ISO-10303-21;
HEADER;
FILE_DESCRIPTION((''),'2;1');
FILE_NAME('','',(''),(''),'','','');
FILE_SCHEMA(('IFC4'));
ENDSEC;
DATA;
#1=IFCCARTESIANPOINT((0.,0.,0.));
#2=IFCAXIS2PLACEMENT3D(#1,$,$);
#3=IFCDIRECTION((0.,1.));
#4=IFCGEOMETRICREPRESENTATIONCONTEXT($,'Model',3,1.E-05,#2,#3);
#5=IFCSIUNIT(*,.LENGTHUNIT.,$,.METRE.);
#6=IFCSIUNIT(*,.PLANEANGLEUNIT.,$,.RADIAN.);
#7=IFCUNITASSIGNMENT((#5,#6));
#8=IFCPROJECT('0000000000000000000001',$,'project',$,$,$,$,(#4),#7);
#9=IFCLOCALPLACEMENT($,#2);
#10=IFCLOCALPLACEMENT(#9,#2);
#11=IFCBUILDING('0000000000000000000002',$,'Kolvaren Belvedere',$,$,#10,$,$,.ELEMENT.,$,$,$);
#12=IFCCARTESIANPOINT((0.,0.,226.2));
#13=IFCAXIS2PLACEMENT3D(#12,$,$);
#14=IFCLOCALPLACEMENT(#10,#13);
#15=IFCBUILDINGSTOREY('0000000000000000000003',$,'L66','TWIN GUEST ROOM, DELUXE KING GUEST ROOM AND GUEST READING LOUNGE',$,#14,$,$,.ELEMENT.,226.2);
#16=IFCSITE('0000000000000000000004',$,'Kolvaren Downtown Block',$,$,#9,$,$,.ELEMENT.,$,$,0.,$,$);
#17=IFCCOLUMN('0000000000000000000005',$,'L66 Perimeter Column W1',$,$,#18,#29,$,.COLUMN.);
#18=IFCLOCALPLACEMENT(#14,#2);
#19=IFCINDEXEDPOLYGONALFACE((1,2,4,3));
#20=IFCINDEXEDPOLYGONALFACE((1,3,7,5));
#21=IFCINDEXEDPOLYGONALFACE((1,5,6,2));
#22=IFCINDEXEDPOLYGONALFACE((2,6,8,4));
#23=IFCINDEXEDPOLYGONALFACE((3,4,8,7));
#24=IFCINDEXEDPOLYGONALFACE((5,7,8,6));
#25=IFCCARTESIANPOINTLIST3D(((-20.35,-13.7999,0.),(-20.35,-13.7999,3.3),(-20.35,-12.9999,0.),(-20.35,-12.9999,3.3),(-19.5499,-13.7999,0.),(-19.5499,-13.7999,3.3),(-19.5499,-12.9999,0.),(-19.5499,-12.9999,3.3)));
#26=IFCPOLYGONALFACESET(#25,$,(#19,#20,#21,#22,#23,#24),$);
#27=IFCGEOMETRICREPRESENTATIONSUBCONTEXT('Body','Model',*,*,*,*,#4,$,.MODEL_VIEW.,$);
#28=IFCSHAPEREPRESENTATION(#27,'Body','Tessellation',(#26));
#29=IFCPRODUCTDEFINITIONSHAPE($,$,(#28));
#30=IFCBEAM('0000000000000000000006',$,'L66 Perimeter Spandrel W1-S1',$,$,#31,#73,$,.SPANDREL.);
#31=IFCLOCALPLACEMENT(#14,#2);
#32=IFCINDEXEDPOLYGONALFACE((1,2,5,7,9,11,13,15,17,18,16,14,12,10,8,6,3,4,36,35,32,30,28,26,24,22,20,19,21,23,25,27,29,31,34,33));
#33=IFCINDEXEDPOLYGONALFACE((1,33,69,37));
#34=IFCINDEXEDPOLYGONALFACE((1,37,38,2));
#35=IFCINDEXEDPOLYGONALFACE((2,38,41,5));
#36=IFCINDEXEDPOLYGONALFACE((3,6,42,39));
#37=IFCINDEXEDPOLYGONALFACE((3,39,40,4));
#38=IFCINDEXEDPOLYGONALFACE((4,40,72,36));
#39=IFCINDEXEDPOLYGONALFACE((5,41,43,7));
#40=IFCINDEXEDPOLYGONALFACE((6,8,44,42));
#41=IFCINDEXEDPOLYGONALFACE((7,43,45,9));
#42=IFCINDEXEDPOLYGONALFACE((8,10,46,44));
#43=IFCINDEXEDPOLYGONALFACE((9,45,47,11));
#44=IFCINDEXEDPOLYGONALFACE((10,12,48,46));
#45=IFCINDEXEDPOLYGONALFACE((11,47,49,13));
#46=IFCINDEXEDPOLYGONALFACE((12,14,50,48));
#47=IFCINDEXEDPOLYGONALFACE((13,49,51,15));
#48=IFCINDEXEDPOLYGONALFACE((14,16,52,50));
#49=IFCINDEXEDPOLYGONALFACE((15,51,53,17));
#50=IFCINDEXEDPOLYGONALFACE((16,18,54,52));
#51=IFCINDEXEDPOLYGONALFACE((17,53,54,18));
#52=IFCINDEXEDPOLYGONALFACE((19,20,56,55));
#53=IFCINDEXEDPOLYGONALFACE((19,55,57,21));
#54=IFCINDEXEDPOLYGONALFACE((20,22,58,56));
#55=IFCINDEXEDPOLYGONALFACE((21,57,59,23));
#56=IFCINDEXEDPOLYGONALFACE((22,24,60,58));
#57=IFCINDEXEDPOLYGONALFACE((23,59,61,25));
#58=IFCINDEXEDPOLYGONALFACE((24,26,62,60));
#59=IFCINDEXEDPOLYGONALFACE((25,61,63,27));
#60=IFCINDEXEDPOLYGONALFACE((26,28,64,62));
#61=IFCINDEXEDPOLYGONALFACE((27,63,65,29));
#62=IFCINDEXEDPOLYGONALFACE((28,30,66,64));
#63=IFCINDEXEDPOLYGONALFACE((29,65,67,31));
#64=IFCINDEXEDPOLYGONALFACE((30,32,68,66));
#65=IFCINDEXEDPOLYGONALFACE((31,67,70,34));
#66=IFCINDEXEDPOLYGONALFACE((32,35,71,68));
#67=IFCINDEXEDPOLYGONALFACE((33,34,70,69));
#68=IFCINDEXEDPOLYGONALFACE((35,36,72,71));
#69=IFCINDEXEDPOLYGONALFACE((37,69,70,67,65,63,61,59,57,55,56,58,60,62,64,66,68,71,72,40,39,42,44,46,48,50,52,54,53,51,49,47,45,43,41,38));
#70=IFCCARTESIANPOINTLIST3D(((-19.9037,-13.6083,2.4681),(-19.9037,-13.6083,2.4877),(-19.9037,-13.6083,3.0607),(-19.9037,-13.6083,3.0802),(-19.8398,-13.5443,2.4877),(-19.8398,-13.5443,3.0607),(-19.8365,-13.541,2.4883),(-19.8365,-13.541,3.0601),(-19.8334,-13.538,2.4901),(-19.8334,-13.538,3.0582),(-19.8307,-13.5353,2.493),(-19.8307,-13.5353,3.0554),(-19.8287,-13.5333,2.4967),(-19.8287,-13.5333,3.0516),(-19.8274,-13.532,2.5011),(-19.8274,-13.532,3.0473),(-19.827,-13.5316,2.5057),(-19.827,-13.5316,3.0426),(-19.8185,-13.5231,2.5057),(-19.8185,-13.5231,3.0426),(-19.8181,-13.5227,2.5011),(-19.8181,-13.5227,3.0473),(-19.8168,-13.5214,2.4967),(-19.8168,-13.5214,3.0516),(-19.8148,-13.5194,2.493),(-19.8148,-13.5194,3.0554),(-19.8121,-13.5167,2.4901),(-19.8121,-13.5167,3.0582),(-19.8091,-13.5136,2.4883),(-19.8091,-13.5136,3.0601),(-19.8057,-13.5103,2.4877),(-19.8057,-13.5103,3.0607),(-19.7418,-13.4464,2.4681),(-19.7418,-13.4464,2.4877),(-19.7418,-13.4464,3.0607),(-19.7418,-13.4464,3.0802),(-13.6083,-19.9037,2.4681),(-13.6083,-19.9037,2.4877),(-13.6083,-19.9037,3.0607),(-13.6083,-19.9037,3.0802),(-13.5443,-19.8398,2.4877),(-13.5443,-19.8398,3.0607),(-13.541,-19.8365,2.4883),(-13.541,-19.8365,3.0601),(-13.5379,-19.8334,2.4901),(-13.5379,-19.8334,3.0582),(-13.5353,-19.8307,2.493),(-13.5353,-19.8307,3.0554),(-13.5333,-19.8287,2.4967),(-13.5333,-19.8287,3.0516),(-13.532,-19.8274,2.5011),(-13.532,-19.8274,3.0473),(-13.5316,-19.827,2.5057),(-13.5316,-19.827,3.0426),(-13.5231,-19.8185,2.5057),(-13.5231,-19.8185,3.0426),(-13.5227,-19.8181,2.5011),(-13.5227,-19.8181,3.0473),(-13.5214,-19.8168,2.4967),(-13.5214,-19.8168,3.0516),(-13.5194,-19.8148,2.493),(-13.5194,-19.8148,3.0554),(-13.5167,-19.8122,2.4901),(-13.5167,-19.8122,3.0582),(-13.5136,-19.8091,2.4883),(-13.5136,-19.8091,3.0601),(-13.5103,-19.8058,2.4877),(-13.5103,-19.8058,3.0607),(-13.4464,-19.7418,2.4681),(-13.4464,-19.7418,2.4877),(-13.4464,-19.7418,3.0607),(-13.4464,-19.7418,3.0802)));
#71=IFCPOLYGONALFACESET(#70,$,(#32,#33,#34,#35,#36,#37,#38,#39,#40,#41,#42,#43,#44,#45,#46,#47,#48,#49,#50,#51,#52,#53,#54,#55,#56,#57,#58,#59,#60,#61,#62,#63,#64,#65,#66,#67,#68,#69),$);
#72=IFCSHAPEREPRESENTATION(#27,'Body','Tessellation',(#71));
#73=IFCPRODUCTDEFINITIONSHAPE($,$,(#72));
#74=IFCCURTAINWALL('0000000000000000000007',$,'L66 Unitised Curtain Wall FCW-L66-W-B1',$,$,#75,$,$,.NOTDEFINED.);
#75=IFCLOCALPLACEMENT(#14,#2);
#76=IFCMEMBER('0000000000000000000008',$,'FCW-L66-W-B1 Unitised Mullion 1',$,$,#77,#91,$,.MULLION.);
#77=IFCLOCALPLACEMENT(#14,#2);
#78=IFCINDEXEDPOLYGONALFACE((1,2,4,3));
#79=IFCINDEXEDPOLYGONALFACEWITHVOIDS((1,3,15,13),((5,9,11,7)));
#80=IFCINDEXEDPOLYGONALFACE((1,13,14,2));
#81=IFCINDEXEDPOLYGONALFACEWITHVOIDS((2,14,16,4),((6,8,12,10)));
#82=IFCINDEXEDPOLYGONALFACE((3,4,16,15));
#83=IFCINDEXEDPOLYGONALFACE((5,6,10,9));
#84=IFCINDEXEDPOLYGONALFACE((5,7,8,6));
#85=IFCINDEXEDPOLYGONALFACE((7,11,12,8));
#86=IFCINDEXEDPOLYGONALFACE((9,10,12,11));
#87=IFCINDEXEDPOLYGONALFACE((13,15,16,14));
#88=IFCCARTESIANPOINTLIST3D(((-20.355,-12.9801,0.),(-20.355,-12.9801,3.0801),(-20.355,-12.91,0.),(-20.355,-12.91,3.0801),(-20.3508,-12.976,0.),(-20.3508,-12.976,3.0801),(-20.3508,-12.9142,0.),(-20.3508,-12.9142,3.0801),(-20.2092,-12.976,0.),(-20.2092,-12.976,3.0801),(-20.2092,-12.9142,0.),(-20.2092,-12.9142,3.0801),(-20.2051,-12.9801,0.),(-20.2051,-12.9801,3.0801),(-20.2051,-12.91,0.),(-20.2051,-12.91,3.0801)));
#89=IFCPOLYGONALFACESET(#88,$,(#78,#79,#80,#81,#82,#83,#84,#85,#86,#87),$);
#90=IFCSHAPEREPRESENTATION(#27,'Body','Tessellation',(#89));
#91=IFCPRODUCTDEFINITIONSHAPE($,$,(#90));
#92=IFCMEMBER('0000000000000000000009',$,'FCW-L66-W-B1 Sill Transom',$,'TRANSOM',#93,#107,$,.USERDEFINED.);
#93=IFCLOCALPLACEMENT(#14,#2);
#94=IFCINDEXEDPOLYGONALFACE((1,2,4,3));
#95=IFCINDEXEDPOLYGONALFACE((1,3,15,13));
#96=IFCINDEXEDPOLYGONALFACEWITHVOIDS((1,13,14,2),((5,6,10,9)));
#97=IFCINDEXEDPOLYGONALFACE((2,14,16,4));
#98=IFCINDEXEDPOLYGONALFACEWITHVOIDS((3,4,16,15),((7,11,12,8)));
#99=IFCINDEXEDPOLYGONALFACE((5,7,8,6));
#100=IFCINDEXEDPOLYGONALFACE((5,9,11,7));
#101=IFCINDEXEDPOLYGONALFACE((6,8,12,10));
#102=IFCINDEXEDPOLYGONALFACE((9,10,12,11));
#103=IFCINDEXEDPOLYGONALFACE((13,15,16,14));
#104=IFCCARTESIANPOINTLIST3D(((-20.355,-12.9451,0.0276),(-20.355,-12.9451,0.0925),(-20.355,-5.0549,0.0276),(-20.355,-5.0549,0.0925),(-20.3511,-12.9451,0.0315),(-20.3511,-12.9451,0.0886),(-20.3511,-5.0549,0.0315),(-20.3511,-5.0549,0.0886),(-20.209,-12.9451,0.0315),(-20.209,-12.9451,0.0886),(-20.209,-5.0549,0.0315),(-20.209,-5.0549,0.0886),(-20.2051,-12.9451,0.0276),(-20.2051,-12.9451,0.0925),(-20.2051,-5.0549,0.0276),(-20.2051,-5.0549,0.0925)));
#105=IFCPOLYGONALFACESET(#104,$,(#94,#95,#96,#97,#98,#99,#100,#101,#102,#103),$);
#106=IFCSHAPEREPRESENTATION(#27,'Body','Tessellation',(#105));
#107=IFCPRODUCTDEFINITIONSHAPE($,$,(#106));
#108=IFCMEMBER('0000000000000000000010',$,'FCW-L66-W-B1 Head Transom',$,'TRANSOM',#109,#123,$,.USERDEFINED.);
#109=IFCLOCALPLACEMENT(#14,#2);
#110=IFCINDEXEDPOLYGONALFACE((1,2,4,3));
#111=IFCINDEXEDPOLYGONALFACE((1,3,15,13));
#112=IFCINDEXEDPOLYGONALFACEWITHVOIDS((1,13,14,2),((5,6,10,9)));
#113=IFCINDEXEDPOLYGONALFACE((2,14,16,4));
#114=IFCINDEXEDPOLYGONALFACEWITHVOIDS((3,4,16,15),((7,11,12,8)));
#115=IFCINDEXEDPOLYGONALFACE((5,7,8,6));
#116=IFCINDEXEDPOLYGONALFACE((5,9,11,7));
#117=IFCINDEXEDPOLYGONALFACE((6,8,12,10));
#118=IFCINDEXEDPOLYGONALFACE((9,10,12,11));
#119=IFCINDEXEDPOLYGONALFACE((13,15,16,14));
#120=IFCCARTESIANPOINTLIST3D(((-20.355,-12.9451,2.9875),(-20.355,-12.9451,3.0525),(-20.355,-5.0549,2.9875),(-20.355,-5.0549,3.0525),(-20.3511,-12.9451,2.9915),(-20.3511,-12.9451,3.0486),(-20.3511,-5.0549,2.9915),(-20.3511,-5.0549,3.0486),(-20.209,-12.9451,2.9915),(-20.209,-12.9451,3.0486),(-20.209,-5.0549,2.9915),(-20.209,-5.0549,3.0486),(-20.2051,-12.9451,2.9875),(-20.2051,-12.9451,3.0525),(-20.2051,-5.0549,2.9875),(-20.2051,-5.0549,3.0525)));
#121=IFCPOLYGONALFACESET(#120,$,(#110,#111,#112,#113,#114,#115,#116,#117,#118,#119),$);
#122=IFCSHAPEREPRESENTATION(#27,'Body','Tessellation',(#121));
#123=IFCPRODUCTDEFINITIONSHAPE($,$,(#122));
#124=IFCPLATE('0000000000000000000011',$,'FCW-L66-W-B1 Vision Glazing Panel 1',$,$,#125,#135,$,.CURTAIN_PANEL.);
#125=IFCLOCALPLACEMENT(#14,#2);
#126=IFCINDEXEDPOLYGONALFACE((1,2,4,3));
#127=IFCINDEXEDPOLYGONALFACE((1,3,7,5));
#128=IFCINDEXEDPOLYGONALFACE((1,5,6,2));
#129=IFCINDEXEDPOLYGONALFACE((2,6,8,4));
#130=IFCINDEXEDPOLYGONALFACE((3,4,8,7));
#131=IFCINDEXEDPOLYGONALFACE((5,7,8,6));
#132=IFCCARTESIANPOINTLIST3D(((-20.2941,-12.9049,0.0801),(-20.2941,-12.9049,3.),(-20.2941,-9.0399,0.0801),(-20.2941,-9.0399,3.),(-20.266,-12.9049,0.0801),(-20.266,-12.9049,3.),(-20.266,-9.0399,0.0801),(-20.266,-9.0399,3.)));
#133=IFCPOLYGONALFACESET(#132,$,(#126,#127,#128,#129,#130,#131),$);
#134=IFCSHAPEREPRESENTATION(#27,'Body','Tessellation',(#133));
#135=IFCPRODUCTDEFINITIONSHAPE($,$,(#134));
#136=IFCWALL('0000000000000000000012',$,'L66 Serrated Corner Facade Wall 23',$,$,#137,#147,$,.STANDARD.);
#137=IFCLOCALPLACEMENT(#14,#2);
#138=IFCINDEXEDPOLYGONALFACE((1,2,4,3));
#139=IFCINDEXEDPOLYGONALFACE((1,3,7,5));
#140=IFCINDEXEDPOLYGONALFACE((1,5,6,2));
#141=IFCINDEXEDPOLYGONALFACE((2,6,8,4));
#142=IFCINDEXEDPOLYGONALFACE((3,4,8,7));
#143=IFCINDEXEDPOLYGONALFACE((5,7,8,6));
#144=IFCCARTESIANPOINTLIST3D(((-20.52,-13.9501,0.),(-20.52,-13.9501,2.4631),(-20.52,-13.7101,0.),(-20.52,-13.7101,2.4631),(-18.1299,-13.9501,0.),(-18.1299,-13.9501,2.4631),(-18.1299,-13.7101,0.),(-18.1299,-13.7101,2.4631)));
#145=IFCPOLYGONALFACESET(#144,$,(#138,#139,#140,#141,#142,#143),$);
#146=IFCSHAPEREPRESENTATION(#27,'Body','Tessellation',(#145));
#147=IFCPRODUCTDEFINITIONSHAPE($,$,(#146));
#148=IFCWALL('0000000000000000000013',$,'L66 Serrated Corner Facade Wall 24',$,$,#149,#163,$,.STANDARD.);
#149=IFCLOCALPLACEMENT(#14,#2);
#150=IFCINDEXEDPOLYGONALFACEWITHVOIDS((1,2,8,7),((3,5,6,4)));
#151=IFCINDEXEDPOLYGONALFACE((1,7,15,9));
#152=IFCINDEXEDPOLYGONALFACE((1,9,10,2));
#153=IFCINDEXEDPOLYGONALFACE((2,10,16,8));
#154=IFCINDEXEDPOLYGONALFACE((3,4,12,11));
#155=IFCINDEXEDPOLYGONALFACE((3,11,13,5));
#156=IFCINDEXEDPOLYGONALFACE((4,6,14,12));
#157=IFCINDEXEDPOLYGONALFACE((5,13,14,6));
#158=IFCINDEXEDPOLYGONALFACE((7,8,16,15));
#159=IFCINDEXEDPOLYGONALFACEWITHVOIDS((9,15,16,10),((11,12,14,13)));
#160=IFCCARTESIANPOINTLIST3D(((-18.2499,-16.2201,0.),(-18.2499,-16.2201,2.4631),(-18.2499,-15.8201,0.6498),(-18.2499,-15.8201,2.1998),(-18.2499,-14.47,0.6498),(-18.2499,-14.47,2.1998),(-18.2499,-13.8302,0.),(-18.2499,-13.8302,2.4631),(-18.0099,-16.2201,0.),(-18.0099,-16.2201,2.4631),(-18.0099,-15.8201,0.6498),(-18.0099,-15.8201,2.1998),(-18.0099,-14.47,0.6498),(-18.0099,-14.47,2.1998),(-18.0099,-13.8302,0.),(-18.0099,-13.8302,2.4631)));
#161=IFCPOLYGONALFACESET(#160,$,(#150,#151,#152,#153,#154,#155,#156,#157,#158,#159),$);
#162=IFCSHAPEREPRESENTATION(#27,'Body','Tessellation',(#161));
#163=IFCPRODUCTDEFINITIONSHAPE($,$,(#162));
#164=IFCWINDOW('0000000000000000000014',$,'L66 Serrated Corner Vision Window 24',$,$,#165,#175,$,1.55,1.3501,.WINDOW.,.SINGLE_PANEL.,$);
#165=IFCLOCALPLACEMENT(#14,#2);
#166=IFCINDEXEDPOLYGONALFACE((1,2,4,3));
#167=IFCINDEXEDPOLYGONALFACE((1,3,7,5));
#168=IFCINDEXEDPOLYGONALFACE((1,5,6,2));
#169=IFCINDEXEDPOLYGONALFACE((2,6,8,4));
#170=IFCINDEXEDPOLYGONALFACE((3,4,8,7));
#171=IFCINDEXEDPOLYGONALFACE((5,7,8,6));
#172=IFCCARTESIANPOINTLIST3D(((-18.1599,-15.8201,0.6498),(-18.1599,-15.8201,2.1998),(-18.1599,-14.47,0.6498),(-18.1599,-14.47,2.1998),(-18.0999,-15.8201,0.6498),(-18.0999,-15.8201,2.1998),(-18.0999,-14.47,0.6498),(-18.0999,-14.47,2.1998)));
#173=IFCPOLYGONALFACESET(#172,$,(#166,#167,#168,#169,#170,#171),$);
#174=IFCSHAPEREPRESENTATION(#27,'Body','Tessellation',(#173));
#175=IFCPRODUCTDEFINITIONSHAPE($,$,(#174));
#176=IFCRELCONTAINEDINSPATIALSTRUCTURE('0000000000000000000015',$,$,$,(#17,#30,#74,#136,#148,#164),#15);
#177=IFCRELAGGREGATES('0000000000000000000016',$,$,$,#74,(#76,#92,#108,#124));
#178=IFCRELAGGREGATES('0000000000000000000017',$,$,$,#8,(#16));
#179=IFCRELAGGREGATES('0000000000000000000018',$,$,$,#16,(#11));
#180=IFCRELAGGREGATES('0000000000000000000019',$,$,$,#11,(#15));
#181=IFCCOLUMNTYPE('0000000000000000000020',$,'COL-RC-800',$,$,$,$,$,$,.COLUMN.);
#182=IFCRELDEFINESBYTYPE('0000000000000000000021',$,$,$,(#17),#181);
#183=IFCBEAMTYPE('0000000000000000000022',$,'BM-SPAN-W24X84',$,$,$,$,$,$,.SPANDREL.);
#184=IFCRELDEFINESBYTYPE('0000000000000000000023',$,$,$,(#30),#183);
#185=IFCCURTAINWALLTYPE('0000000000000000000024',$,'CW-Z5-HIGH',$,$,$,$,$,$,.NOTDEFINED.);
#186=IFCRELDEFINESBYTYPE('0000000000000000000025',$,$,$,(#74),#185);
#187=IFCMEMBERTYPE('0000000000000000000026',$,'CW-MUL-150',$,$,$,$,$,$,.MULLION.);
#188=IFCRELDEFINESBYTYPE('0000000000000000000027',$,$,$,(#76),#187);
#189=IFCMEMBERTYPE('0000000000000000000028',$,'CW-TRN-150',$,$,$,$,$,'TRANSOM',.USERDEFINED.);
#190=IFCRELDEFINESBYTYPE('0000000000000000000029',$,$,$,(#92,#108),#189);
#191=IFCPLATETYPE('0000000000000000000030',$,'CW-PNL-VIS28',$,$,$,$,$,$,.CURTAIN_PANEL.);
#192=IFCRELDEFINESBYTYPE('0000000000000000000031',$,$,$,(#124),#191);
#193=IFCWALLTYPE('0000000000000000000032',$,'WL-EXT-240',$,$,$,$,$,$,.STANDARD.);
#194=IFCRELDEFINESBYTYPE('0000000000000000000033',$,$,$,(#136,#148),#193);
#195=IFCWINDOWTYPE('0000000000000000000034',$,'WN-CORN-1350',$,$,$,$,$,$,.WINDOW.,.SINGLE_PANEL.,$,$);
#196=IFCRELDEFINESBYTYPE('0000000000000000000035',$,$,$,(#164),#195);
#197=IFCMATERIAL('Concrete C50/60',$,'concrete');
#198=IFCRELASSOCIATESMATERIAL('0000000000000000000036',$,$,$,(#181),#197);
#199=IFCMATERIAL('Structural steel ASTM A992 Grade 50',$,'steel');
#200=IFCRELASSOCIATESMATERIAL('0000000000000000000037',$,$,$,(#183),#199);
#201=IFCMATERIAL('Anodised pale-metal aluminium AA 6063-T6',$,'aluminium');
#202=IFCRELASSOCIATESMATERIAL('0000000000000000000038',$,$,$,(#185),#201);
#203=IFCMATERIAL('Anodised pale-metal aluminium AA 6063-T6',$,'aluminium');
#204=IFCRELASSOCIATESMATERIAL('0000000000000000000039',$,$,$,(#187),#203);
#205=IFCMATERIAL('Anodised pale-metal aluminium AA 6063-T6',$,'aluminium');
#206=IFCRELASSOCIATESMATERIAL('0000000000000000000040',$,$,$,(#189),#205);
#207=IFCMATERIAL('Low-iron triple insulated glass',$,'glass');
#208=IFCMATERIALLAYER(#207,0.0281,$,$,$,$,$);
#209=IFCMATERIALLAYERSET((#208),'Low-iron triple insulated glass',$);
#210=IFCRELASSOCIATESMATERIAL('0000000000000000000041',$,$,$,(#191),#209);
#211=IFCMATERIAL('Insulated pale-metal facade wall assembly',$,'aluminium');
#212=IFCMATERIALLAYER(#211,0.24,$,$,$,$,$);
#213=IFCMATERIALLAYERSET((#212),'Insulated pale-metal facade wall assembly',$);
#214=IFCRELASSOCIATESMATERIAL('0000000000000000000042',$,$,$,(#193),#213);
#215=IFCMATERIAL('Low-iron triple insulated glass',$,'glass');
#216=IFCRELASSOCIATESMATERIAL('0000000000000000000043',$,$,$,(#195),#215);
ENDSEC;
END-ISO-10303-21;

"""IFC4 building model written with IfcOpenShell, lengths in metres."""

from ifc_helpers import new_model, si_unit, direction, frame, frame_2d, origin, origin_2d, place, context, subcontext, project, spatial, rectangle, hollow_rectangle, i_section, extrude, material, layer, layer_set, material_profile, profile_set, type_object, element, fill, aggregate, save


model = new_model("IFC4")

# Units and contexts
model_context = context("Model", 3, precision=1e-05, world=origin(), true_north=direction((0.0, 1.0)))
body_context = subcontext(model_context, "Body", "Model", "MODEL_VIEW")
ifc_project = project(units=[si_unit("LENGTHUNIT", "METRE"), si_unit("PLANEANGLEUNIT", "RADIAN")], contexts=[model_context])

# Site, building, storey
site_placement = place(None, origin())
site = spatial("IfcSite", under=ifc_project, at=site_placement, Name="Kolvaren Downtown Block", CompositionType="ELEMENT", RefElevation=0.0)
building_placement = place(site_placement, origin())
building = spatial("IfcBuilding", under=site, at=building_placement, Name="Kolvaren Belvedere", CompositionType="ELEMENT")
storey_placement = place(building_placement, frame((0.0, 0.0, 226.2)))
storey = spatial("IfcBuildingStorey", under=building, at=storey_placement, Name="L66", Description="TWIN GUEST ROOM, DELUXE KING GUEST ROOM AND GUEST READING LOUNGE", CompositionType="ELEMENT", Elevation=226.2)

# Column
ifc_material_1 = material(Name="Concrete C50/60", Category="concrete")
ifc_material_profile_1 = material_profile(ifc_material_1, rectangle(XDim=0.8, YDim=0.8, at=origin_2d()), Name="RC 800X800")
ifc_profile_set_1 = profile_set([ifc_material_profile_1], Name="Concrete C50/60")
column_type = type_object("IfcColumnType", Name="COL-RC-800", PredefinedType="COLUMN", material=ifc_profile_set_1)
column_placement = place(storey_placement, frame((-19.95, -13.3999, 0.0), z_axis=(0.0, 0.0, 1.0), x_axis=(1.0, 0.0, 0.0)))
element("IfcColumn", 1, at=column_placement, inside=storey, type_object=column_type, Name="L66 Perimeter Column W1", PredefinedType="COLUMN", context=body_context, shape_type="SweptSolid", body=[
    extrude(rectangle(XDim=0.8, YDim=0.8, at=origin_2d()), origin(), (0.0, 0.0, 1.0), 3.3),
])

# Beam
ifc_material_2 = material(Name="Structural steel ASTM A992 Grade 50", Category="steel")
ifc_material_profile_2 = material_profile(ifc_material_2, i_section(OverallWidth=0.229, OverallDepth=0.6121, WebThickness=0.012, FlangeThickness=0.0195, FilletRadius=0.0181, at=origin_2d()), Name="W24X84")
ifc_profile_set_2 = profile_set([ifc_material_profile_2], Name="Structural steel ASTM A992 Grade 50")
beam_type = type_object("IfcBeamType", Name="BM-SPAN-W24X84", PredefinedType="SPANDREL", material=ifc_profile_set_2)
beam_placement = place(storey_placement, frame((-19.8228, -13.5273, 2.7742), z_axis=(0.707107, -0.707107, 0.0), x_axis=(0.707107, 0.707107, 0.0)))
element("IfcBeam", 2, at=beam_placement, inside=storey, type_object=beam_type, Name="L66 Perimeter Spandrel W1-S1", PredefinedType="SPANDREL", context=body_context, shape_type="SweptSolid", body=[
    extrude(i_section(OverallWidth=0.229, OverallDepth=0.6121, WebThickness=0.012, FlangeThickness=0.0195, FilletRadius=0.0181, at=origin_2d()), origin(), (0.0, 0.0, 1.0), 8.9031),
])

# Curtain wall, members, plate
ifc_material_3 = material(Name="Anodised pale-metal aluminium AA 6063-T6", Category="aluminium")
curtain_wall_type = type_object("IfcCurtainWallType", Name="CW-Z5-HIGH", PredefinedType="NOTDEFINED", material=ifc_material_3)
curtain_wall_placement = place(storey_placement, origin())
curtain_wall = element("IfcCurtainWall", 3, at=curtain_wall_placement, inside=storey, type_object=curtain_wall_type, Name="L66 Unitised Curtain Wall FCW-L66-W-B1", PredefinedType="NOTDEFINED")
ifc_material_4 = material(Name="Anodised pale-metal aluminium AA 6063-T6", Category="aluminium")
ifc_material_profile_3 = material_profile(ifc_material_4, hollow_rectangle(XDim=0.0701, YDim=0.1499, WallThickness=0.0042, at=origin_2d()), Name="ALU-MUL-150X70")
ifc_profile_set_3 = profile_set([ifc_material_profile_3], Name="Anodised pale-metal aluminium AA 6063-T6")
member_type_1 = type_object("IfcMemberType", Name="CW-MUL-150", PredefinedType="MULLION", material=ifc_profile_set_3)
member_1_placement = place(storey_placement, frame((-20.28, -12.9451, 0.0), z_axis=(0.0, 0.0, 1.0), x_axis=(0.0, 1.0, 0.0)))
member_1 = element("IfcMember", 4, at=member_1_placement, type_object=member_type_1, Name="FCW-L66-W-B1 Unitised Mullion 1", PredefinedType="MULLION", context=body_context, shape_type="SweptSolid", body=[
    extrude(hollow_rectangle(XDim=0.0701, YDim=0.1499, WallThickness=0.0042, at=origin_2d()), origin(), (0.0, 0.0, 1.0), 3.0801),
])
ifc_material_5 = material(Name="Anodised pale-metal aluminium AA 6063-T6", Category="aluminium")
ifc_material_profile_4 = material_profile(ifc_material_5, hollow_rectangle(XDim=0.0649, YDim=0.1499, WallThickness=0.0039, at=origin_2d()), Name="ALU-TRN-150X65")
ifc_profile_set_4 = profile_set([ifc_material_profile_4], Name="Anodised pale-metal aluminium AA 6063-T6")
member_type_2 = type_object("IfcMemberType", Name="CW-TRN-150", ElementType="TRANSOM", PredefinedType="USERDEFINED", material=ifc_profile_set_4)
member_2_placement = place(storey_placement, frame((-20.28, -12.9451, 0.0601), z_axis=(0.0, 1.0, 0.0), x_axis=(0.0, 0.0, 1.0)))
member_2 = element("IfcMember", 5, at=member_2_placement, type_object=member_type_2, Name="FCW-L66-W-B1 Sill Transom", ObjectType="TRANSOM", PredefinedType="USERDEFINED", context=body_context, shape_type="SweptSolid", body=[
    extrude(hollow_rectangle(XDim=0.0649, YDim=0.1499, WallThickness=0.0039, at=origin_2d()), origin(), (0.0, 0.0, 1.0), 7.8901),
])
member_3_placement = place(storey_placement, frame((-20.28, -12.9451, 3.02), z_axis=(0.0, 1.0, 0.0), x_axis=(0.0, 0.0, 1.0)))
member_3 = element("IfcMember", 6, at=member_3_placement, type_object=member_type_2, Name="FCW-L66-W-B1 Head Transom", ObjectType="TRANSOM", PredefinedType="USERDEFINED", context=body_context, shape_type="SweptSolid", body=[
    extrude(hollow_rectangle(XDim=0.0649, YDim=0.1499, WallThickness=0.0039, at=origin_2d()), origin(), (0.0, 0.0, 1.0), 7.8901),
])
ifc_material_6 = material(Name="Low-iron triple insulated glass", Category="glass")
ifc_layer_1 = layer(ifc_material_6, 0.0281)
ifc_layer_set_1 = layer_set([ifc_layer_1], Name="Low-iron triple insulated glass")
plate_type = type_object("IfcPlateType", Name="CW-PNL-VIS28", PredefinedType="CURTAIN_PANEL", material=ifc_layer_set_1)
plate_placement = place(storey_placement, frame((-20.28, -10.9724, 0.0801), z_axis=(0.0, 0.0, 1.0), x_axis=(0.0, 1.0, 0.0)))
plate = element("IfcPlate", 7, at=plate_placement, type_object=plate_type, Name="FCW-L66-W-B1 Vision Glazing Panel 1", PredefinedType="CURTAIN_PANEL", context=body_context, shape_type="SweptSolid", body=[
    extrude(rectangle(XDim=3.865, YDim=0.0281, at=origin_2d()), origin(), (0.0, 0.0, 1.0), 2.9199),
])
aggregate(curtain_wall, [member_1, member_2, member_3, plate])

# Wall
ifc_material_7 = material(Name="Insulated pale-metal facade wall assembly", Category="aluminium")
ifc_layer_2 = layer(ifc_material_7, 0.24)
ifc_layer_set_2 = layer_set([ifc_layer_2], Name="Insulated pale-metal facade wall assembly")
wall_type_1 = type_object("IfcWallType", Name="WL-EXT-240", PredefinedType="STANDARD", material=ifc_layer_set_2)
wall_1_placement = place(storey_placement, frame((-18.1299, -13.8301, 0.0), z_axis=(0.0, 0.0, 1.0), x_axis=(-1.0, 0.0, 0.0)))
element("IfcWall", 8, at=wall_1_placement, inside=storey, type_object=wall_type_1, Name="L66 Serrated Corner Facade Wall 23", PredefinedType="STANDARD", context=body_context, shape_type="SweptSolid", body=[
    extrude(rectangle(XDim=2.3901, YDim=0.24, at=frame_2d((1.1951, 0.0))), origin(), (0.0, 0.0, 1.0), 2.4631),
])

# Wall, opening, window
wall_2_placement = place(storey_placement, frame((-18.1299, -16.22, 0.0), z_axis=(0.0, 0.0, 1.0), x_axis=(0.0, 1.0, 0.0)))
wall_2 = element("IfcWall", 9, at=wall_2_placement, inside=storey, type_object=wall_type_1, Name="L66 Serrated Corner Facade Wall 24", PredefinedType="STANDARD", context=body_context, shape_type="SweptSolid", body=[
    extrude(rectangle(XDim=2.3899, YDim=0.24, at=frame_2d((1.1948, 0.0))), origin(), (0.0, 0.0, 1.0), 2.4631),
])
opening_1_placement = place(wall_2_placement, frame((0.3999, 0.0, 0.6499)))
opening_1 = element("IfcOpeningElement", 10, at=opening_1_placement, cuts=wall_2, PredefinedType="OPENING", context=body_context, shape_type="SweptSolid", body=[
    extrude(rectangle(XDim=1.3501, YDim=1.55, at=frame_2d((0.675, 0.7749))), frame((0.0, 0.1299, 0.0), z_axis=(0.0, -1.0, 0.0), x_axis=(1.0, 0.0, 0.0)), (0.0, 0.0, 1.0), 0.26),
])
ifc_material_8 = material(Name="Low-iron triple insulated glass", Category="glass")
window_type_1 = type_object("IfcWindowType", Name="WN-CORN-1350", PartitioningType="SINGLE_PANEL", PredefinedType="WINDOW", material=ifc_material_8)
window_1_placement = place(opening_1_placement, origin())
window_1 = element("IfcWindow", 11, at=window_1_placement, inside=storey, type_object=window_type_1, Name="L66 Serrated Corner Vision Window 24", OverallHeight=1.55, OverallWidth=1.3501, PartitioningType="SINGLE_PANEL", PredefinedType="WINDOW", context=body_context, shape_type="SweptSolid", body=[
    extrude(rectangle(XDim=1.3501, YDim=1.55, at=frame_2d((0.675, 0.7749))), frame((0.0, 0.03, 0.0), z_axis=(0.0, -1.0, 0.0), x_axis=(1.0, 0.0, 0.0)), (0.0, 0.0, 1.0), 0.0601),
])
fill(opening_1, window_1)

save(model, "model.ifc")
